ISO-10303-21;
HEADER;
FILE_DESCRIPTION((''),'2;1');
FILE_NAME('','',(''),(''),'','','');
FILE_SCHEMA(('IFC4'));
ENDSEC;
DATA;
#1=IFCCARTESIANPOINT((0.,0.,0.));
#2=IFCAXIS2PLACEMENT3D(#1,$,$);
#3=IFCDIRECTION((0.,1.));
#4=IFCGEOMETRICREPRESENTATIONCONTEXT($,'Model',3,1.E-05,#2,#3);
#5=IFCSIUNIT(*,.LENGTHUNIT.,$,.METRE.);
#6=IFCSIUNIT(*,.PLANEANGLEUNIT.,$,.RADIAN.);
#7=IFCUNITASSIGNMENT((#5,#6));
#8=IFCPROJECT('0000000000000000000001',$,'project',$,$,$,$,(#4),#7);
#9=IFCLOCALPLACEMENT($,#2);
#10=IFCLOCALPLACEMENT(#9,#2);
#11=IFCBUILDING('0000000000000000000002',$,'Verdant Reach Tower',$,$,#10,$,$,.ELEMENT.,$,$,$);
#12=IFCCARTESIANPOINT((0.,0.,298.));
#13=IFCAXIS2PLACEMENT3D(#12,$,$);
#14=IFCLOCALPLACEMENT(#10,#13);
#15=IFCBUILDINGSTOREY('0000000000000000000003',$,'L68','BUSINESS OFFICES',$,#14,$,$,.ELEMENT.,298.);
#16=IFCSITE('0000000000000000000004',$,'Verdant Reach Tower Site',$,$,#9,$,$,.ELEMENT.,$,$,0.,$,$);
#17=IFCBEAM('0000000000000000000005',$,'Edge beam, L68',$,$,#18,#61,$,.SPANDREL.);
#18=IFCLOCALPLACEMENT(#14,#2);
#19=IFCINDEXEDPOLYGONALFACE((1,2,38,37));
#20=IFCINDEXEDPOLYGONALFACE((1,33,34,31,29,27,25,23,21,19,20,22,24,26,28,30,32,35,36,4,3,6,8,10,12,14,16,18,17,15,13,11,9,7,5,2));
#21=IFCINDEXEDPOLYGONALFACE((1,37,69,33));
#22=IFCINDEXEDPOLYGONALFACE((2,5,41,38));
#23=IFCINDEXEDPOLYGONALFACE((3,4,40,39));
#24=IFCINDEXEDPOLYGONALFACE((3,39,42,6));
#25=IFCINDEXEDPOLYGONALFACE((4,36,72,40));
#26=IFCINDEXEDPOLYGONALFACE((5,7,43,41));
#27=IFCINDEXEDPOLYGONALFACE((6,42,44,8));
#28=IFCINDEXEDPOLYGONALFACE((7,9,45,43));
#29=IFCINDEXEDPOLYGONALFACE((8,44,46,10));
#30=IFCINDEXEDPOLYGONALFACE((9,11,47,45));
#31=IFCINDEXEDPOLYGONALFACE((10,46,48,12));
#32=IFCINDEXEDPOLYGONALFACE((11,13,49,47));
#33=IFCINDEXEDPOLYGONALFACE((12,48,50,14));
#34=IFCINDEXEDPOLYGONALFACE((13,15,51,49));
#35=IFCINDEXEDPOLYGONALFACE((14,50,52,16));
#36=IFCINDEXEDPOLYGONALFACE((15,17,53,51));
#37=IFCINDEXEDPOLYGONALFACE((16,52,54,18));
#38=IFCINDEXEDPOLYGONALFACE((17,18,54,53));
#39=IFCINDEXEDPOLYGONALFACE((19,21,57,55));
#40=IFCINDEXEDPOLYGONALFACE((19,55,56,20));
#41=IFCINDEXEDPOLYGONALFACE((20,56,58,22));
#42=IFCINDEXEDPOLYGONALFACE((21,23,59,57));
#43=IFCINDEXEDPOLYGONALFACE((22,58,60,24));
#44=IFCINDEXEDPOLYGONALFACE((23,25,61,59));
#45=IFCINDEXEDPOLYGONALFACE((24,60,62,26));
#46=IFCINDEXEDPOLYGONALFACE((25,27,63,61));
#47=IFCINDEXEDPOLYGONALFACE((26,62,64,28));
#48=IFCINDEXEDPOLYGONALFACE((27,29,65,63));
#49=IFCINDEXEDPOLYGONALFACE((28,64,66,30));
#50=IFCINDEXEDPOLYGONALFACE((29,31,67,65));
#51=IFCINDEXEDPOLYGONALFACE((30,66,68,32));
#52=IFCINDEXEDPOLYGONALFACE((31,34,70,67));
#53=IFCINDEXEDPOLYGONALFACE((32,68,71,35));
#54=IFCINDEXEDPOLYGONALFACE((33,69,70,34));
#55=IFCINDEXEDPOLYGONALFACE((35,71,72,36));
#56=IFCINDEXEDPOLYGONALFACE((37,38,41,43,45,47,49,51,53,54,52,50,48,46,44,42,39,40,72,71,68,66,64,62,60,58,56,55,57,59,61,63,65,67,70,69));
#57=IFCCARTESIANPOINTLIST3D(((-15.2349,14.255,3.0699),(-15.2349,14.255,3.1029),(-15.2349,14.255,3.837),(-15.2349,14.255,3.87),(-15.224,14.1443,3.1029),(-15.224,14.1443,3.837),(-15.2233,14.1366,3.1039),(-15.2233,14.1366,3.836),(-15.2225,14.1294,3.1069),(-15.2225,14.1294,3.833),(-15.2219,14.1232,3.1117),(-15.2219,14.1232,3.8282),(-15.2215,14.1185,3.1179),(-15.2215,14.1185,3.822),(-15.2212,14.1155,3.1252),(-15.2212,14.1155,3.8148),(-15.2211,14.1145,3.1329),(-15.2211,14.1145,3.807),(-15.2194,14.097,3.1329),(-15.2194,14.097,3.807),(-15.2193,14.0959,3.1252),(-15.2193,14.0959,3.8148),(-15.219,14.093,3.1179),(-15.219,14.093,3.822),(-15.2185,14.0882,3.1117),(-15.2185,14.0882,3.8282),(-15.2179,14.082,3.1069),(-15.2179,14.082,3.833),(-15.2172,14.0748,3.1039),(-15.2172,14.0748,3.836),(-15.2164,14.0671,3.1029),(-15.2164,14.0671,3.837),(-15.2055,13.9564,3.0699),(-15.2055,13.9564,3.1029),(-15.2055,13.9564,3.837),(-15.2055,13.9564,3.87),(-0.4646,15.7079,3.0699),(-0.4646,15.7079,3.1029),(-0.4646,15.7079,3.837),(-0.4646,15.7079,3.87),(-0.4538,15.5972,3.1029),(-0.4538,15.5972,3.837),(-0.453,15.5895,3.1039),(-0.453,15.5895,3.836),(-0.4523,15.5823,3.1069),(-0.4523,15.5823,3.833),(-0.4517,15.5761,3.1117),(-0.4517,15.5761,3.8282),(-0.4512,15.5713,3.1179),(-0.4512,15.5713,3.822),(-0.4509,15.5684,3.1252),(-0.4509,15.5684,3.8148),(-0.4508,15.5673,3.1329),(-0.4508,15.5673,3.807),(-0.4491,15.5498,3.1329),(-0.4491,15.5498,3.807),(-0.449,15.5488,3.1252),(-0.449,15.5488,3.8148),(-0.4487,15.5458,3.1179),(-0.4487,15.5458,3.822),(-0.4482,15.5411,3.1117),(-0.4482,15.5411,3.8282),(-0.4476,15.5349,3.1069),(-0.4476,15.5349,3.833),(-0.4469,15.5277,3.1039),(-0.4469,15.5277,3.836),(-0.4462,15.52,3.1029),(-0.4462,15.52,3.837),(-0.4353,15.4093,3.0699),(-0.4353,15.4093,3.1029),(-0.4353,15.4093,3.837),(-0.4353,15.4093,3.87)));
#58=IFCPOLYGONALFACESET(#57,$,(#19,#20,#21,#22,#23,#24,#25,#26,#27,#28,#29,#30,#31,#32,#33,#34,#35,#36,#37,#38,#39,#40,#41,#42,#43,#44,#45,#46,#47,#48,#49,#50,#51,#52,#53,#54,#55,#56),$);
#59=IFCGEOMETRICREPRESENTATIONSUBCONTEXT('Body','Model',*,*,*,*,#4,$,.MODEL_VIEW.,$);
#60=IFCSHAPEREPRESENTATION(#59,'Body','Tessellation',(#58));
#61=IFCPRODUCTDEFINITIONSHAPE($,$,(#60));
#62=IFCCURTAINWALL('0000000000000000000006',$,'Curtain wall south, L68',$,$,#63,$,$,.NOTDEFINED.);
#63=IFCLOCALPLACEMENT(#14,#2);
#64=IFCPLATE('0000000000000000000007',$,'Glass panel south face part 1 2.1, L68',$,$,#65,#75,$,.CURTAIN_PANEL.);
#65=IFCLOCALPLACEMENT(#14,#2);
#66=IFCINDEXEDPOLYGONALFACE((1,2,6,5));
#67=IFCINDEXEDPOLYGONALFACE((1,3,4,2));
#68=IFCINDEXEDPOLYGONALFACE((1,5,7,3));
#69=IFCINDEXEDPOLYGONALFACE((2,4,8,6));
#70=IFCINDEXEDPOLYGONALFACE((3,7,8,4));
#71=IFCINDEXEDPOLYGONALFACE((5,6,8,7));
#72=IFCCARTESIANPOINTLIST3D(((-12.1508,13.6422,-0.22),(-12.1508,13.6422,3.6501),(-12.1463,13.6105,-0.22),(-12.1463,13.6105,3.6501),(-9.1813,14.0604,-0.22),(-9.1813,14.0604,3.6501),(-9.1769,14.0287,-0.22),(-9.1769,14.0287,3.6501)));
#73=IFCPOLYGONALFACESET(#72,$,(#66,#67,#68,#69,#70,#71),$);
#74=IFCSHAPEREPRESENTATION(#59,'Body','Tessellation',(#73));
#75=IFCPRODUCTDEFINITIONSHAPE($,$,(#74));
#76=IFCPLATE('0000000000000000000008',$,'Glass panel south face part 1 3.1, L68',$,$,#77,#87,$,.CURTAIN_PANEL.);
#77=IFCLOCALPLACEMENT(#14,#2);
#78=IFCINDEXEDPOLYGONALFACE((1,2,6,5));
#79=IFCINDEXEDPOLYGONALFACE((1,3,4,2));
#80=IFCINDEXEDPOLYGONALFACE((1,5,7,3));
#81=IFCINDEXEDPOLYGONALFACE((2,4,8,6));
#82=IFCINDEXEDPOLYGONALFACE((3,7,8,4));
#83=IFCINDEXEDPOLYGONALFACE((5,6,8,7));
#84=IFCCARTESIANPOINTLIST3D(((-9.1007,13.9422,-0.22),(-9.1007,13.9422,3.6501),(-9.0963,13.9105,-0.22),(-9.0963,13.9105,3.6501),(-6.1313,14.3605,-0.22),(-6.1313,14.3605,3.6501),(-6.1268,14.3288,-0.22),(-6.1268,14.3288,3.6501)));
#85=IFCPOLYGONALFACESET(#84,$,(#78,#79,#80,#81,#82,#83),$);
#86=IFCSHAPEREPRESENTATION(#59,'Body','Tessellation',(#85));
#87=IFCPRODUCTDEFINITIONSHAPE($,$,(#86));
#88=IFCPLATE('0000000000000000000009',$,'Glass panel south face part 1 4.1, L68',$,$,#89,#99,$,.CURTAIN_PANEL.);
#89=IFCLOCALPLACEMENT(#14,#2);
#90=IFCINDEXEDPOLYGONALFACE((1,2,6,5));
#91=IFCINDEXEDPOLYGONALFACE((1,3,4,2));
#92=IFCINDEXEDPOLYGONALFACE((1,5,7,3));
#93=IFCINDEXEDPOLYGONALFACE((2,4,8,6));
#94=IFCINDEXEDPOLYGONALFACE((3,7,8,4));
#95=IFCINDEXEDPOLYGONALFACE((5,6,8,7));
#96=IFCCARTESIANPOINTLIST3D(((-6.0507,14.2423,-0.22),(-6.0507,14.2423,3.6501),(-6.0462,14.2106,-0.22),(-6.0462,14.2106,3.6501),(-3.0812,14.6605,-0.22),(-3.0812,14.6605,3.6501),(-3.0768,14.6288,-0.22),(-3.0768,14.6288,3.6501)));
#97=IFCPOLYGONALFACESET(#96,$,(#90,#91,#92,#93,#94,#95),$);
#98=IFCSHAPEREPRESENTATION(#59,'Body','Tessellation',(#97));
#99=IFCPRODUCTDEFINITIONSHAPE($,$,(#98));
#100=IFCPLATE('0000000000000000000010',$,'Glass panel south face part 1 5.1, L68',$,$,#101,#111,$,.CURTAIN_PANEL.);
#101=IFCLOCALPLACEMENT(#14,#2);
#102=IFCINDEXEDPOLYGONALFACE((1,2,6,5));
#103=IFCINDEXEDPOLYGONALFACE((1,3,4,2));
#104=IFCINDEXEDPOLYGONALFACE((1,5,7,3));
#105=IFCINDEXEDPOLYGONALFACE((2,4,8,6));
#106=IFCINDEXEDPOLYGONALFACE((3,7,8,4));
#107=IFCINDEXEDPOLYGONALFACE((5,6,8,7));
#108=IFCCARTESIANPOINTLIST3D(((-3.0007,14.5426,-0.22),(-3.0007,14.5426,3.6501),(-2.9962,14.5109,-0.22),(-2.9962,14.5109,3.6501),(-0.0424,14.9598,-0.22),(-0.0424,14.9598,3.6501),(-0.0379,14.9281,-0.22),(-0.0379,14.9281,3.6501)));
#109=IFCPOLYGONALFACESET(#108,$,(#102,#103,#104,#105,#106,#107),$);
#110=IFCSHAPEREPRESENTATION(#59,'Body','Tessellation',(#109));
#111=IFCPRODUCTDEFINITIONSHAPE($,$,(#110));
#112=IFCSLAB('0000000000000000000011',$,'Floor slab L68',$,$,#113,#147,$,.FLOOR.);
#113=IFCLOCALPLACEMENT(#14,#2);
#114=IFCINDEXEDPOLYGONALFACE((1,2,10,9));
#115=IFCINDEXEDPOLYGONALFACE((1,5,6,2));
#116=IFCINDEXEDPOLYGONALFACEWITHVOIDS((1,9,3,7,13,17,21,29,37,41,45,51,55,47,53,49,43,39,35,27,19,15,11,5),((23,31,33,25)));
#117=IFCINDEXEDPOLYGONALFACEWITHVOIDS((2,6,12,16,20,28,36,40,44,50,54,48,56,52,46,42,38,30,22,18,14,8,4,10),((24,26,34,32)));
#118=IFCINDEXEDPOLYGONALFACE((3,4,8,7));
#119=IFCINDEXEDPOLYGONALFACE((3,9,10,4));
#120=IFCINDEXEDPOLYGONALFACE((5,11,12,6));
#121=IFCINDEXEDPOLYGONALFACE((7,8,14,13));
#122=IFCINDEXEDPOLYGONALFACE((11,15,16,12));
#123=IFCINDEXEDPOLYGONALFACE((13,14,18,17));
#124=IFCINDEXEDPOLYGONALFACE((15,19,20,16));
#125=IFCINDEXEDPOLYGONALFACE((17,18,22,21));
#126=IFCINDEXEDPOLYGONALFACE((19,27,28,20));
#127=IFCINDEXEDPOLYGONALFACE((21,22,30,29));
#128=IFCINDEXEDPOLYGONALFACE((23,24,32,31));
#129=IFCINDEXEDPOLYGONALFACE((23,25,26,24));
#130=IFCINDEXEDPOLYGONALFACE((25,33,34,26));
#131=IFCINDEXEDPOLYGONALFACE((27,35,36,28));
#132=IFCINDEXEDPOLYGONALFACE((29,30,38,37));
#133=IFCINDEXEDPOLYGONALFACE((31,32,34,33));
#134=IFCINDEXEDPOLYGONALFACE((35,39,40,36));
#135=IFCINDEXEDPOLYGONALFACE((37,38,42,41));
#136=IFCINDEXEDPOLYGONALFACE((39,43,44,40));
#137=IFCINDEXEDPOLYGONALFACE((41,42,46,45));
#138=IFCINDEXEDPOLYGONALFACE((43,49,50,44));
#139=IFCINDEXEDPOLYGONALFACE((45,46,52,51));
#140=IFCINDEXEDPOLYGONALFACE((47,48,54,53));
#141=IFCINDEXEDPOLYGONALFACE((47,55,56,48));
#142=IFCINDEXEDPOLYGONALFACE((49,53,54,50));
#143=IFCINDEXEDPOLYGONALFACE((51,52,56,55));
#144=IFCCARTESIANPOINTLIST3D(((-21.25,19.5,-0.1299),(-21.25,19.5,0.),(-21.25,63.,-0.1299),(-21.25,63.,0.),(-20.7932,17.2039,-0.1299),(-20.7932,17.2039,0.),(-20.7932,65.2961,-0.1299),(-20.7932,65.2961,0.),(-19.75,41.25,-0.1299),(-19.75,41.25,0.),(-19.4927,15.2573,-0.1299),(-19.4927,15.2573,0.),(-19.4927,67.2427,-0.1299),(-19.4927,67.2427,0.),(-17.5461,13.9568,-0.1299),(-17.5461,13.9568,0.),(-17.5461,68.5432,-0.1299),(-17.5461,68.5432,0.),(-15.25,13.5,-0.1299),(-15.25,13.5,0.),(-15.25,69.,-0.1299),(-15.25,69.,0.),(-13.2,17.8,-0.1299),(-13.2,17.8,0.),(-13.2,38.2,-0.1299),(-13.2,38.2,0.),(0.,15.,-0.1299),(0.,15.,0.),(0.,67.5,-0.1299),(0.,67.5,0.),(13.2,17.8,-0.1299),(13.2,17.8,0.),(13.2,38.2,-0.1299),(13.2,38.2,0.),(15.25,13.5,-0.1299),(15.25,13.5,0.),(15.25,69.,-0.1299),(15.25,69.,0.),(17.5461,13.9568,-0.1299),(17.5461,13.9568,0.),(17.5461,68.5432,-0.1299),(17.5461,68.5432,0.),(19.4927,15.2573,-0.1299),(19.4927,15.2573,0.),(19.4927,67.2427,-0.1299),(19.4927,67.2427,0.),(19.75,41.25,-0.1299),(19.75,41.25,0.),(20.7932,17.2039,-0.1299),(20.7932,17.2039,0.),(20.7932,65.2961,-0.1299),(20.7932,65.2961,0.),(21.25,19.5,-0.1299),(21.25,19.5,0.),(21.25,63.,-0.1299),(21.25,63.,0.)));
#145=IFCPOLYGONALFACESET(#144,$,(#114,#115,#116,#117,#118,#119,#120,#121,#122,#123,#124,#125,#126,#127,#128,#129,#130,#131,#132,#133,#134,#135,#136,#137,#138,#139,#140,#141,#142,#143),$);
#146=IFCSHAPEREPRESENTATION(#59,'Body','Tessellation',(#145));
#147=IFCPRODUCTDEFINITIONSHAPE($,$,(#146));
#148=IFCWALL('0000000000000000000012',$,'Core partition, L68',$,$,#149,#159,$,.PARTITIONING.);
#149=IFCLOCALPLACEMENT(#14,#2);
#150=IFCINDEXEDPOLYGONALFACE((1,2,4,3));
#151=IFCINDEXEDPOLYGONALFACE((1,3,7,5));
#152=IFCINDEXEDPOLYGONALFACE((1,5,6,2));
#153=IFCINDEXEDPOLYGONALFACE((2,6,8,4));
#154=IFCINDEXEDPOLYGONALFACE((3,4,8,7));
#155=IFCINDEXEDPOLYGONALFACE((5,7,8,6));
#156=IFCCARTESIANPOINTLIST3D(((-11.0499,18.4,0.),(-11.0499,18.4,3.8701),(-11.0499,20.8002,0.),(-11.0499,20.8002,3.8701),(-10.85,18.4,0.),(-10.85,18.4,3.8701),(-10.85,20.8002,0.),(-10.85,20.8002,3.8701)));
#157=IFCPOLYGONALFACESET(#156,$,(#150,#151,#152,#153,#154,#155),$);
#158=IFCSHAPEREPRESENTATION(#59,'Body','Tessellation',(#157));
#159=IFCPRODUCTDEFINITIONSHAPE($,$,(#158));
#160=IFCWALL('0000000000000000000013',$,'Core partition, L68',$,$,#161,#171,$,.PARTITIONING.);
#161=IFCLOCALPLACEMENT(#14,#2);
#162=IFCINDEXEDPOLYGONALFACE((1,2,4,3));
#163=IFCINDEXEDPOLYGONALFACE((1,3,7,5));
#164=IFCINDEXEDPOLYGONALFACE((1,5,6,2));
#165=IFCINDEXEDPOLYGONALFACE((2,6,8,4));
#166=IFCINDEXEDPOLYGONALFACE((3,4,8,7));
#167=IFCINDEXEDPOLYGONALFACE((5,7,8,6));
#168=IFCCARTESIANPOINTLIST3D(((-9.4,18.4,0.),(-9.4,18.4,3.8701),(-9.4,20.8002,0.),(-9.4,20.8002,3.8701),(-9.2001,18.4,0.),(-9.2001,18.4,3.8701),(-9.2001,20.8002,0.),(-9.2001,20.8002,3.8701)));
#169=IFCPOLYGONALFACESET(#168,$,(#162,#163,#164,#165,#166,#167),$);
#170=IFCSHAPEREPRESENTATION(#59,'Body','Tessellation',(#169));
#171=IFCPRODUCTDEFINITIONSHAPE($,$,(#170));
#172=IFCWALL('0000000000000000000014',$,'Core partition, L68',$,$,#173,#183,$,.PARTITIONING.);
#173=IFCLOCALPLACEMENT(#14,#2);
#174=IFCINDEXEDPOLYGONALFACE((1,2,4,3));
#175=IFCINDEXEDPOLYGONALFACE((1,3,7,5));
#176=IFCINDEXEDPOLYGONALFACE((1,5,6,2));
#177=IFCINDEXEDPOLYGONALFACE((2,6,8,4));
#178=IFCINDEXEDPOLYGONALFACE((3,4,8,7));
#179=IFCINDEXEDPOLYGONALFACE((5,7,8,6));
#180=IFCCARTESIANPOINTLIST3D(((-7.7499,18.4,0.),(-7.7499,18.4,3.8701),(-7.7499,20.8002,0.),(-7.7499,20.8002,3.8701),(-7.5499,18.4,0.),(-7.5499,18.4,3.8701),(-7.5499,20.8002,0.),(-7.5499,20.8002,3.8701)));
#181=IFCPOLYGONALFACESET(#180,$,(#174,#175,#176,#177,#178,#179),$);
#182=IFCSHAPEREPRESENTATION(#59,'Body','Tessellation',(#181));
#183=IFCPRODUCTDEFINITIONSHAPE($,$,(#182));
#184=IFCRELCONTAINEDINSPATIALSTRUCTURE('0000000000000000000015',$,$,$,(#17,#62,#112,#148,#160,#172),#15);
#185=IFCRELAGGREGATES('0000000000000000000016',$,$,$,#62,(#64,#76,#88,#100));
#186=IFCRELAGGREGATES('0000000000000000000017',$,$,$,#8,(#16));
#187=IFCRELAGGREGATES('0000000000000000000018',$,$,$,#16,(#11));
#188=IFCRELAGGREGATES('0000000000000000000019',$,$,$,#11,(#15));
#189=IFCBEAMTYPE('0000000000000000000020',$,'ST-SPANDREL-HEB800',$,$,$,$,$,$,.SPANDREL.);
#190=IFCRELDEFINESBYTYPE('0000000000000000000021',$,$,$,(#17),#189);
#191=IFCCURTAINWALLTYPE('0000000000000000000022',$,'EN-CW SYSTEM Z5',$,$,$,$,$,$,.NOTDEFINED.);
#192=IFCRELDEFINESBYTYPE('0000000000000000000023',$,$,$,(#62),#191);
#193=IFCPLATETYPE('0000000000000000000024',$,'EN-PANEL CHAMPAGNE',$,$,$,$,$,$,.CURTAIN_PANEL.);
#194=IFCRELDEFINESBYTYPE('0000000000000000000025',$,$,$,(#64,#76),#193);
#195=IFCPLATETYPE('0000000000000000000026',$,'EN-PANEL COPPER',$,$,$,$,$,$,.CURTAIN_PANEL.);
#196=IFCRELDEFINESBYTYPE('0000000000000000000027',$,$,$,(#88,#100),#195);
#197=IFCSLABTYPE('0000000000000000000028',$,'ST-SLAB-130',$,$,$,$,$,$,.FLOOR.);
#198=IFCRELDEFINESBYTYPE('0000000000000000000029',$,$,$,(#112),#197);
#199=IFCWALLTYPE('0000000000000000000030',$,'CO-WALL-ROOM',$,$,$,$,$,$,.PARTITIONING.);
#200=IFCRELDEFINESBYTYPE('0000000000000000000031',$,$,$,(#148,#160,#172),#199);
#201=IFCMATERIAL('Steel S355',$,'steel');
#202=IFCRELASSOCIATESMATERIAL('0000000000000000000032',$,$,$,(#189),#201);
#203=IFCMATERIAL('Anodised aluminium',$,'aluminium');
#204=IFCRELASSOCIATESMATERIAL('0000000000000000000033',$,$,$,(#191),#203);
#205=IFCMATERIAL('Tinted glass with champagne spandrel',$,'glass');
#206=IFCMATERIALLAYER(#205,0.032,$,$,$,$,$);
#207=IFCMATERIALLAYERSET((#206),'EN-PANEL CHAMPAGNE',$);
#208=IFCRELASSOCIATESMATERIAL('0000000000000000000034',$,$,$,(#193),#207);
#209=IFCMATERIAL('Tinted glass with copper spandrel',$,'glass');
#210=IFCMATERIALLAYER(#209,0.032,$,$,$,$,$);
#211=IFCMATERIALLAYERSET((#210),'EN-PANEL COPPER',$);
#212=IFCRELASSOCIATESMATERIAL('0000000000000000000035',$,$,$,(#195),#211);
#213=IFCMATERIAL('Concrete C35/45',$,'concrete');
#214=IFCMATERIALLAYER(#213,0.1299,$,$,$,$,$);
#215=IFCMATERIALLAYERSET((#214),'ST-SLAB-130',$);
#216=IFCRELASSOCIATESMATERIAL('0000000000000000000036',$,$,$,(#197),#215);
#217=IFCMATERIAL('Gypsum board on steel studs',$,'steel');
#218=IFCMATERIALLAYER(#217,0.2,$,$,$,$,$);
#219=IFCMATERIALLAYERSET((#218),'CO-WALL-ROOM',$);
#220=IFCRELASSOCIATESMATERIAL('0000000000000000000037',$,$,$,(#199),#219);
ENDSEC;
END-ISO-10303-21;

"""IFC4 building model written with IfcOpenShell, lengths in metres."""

from ifc_helpers import new_model, si_unit, direction, frame, frame_2d, origin, origin_2d, place, context, subcontext, project, spatial, polyline, rectangle, i_section, outline, extrude, material, layer, layer_set, material_profile, profile_set, type_object, element, aggregate, save


model = new_model("IFC4")

# Units and contexts
model_context = context("Model", 3, precision=1e-05, world=origin(), true_north=direction((0.0, 1.0)))
body_context = subcontext(model_context, "Body", "Model", "MODEL_VIEW")
ifc_project = project(units=[si_unit("LENGTHUNIT", "METRE"), si_unit("PLANEANGLEUNIT", "RADIAN")], contexts=[model_context])

# Site, building, storey
site_placement = place(None, origin())
site = spatial("IfcSite", under=ifc_project, at=site_placement, Name="Verdant Reach Tower Site", CompositionType="ELEMENT", RefElevation=0.0)
building_placement = place(site_placement, origin())
building = spatial("IfcBuilding", under=site, at=building_placement, Name="Verdant Reach Tower", CompositionType="ELEMENT")
storey_placement = place(building_placement, frame((0.0, 0.0, 298.0)))
storey = spatial("IfcBuildingStorey", under=building, at=storey_placement, Name="L68", Description="BUSINESS OFFICES", CompositionType="ELEMENT", Elevation=298.0)

# Beam
ifc_material_1 = material(Name="Steel S355", Category="steel")
ifc_material_profile_1 = material_profile(ifc_material_1, i_section(OverallWidth=0.3, OverallDepth=0.8, WebThickness=0.0176, FlangeThickness=0.033, FilletRadius=0.03, at=origin_2d()), Name="HEB 800")
ifc_profile_set_1 = profile_set([ifc_material_profile_1], Name="Steel S355")
beam_type_1 = type_object("IfcBeamType", Name="ST-SPANDREL-HEB800", PredefinedType="SPANDREL", material=ifc_profile_set_1)
beam_1_placement = place(storey_placement, frame((-0.45, 15.5586, 3.47), z_axis=(-0.995197, -0.097893, 0.0), x_axis=(0.097893, -0.995197, 0.0)))
element("IfcBeam", 1, at=beam_1_placement, inside=storey, type_object=beam_type_1, Name="Edge beam, L68", PredefinedType="SPANDREL", context=body_context, shape_type="SweptSolid", body=[
    extrude(i_section(OverallWidth=0.3, OverallDepth=0.8, WebThickness=0.0176, FlangeThickness=0.033, FilletRadius=0.03, at=origin_2d()), origin(), (0.0, 0.0, 1.0), 14.8416),
])

# Curtain wall, plates
ifc_material_2 = material(Name="Anodised aluminium", Category="aluminium")
curtain_wall_type = type_object("IfcCurtainWallType", Name="EN-CW SYSTEM Z5", PredefinedType="NOTDEFINED", material=ifc_material_2)
curtain_wall_placement = place(storey_placement, origin())
curtain_wall = element("IfcCurtainWall", 2, at=curtain_wall_placement, inside=storey, type_object=curtain_wall_type, Name="Curtain wall south, L68", PredefinedType="NOTDEFINED")
ifc_material_3 = material(Name="Tinted glass with champagne spandrel", Category="glass")
ifc_layer_1 = layer(ifc_material_3, 0.032)
ifc_layer_set_1 = layer_set([ifc_layer_1], Name="EN-PANEL CHAMPAGNE")
plate_type_1 = type_object("IfcPlateType", Name="EN-PANEL CHAMPAGNE", PredefinedType="CURTAIN_PANEL", material=ifc_layer_set_1)
plate_1_placement = place(storey_placement, frame((-10.6638, 13.8354, -0.22), z_axis=(0.0, 0.0, 1.0), x_axis=(0.990225, 0.139477, 0.0)))
plate_1 = element("IfcPlate", 3, at=plate_1_placement, type_object=plate_type_1, Name="Glass panel south face part 1 2.1, L68", PredefinedType="CURTAIN_PANEL", context=body_context, shape_type="SweptSolid", body=[
    extrude(rectangle(XDim=2.9988, YDim=0.032, at=origin_2d()), origin(), (0.0, 0.0, 1.0), 3.8701),
])
plate_2_placement = place(storey_placement, frame((-7.6138, 14.1355, -0.22), z_axis=(0.0, 0.0, 1.0), x_axis=(0.990225, 0.139477, 0.0)))
plate_2 = element("IfcPlate", 4, at=plate_2_placement, type_object=plate_type_1, Name="Glass panel south face part 1 3.1, L68", PredefinedType="CURTAIN_PANEL", context=body_context, shape_type="SweptSolid", body=[
    extrude(rectangle(XDim=2.9988, YDim=0.032, at=origin_2d()), origin(), (0.0, 0.0, 1.0), 3.8701),
])
ifc_material_4 = material(Name="Tinted glass with copper spandrel", Category="glass")
ifc_layer_2 = layer(ifc_material_4, 0.032)
ifc_layer_set_2 = layer_set([ifc_layer_2], Name="EN-PANEL COPPER")
plate_type_2 = type_object("IfcPlateType", Name="EN-PANEL COPPER", PredefinedType="CURTAIN_PANEL", material=ifc_layer_set_2)
plate_3_placement = place(storey_placement, frame((-4.5637, 14.4355, -0.22), z_axis=(0.0, 0.0, 1.0), x_axis=(0.990225, 0.139477, 0.0)))
plate_3 = element("IfcPlate", 5, at=plate_3_placement, type_object=plate_type_2, Name="Glass panel south face part 1 4.1, L68", PredefinedType="CURTAIN_PANEL", context=body_context, shape_type="SweptSolid", body=[
    extrude(rectangle(XDim=2.9988, YDim=0.032, at=origin_2d()), origin(), (0.0, 0.0, 1.0), 3.8701),
])
plate_4_placement = place(storey_placement, frame((-1.5193, 14.7354, -0.22), z_axis=(0.0, 0.0, 1.0), x_axis=(0.9902, 0.139656, 0.0)))
plate_4 = element("IfcPlate", 6, at=plate_4_placement, type_object=plate_type_2, Name="Glass panel south face part 1 5.1, L68", PredefinedType="CURTAIN_PANEL", context=body_context, shape_type="SweptSolid", body=[
    extrude(rectangle(XDim=2.9875, YDim=0.032, at=origin_2d()), origin(), (0.0, 0.0, 1.0), 3.8701),
])
aggregate(curtain_wall, [plate_1, plate_2, plate_3, plate_4])

# Slab
ifc_material_5 = material(Name="Concrete C35/45", Category="concrete")
ifc_layer_3 = layer(ifc_material_5, 0.1299)
ifc_layer_set_3 = layer_set([ifc_layer_3], Name="ST-SLAB-130")
slab_type = type_object("IfcSlabType", Name="ST-SLAB-130", PredefinedType="FLOOR", material=ifc_layer_set_3)
slab_placement = place(storey_placement, frame((0.0, 0.0, -0.1299)))
element("IfcSlab", 7, at=slab_placement, inside=storey, type_object=slab_type, Name="Floor slab L68", PredefinedType="FLOOR", context=body_context, shape_type="SweptSolid", body=[
    extrude(outline(polyline([(0.0, 15.0), (-15.25, 13.5), (-17.5461, 13.9568), (-19.4927, 15.2573), (-20.7932, 17.2039), (-21.25, 19.5), (-19.75, 41.25), (-21.25, 63.0), (-20.7932, 65.2961), (-19.4927, 67.2427), (-17.5461, 68.5432), (-15.25, 69.0), (0.0, 67.5), (15.25, 69.0), (17.5461, 68.5432), (19.4927, 67.2427), (20.7932, 65.2961), (21.25, 63.0), (19.75, 41.25), (21.25, 19.5), (20.7932, 17.2039), (19.4927, 15.2573), (17.5461, 13.9568), (15.25, 13.5), (0.0, 15.0)]), holes=[polyline([(13.2, 38.2), (-13.2, 38.2), (-13.2, 17.8), (13.2, 17.8), (13.2, 38.2)])]), origin(), (0.0, 0.0, 1.0), 0.1299),
])

# Walls
ifc_material_6 = material(Name="Gypsum board on steel studs", Category="steel")
ifc_layer_4 = layer(ifc_material_6, 0.2)
ifc_layer_set_4 = layer_set([ifc_layer_4], Name="CO-WALL-ROOM")
wall_type_1 = type_object("IfcWallType", Name="CO-WALL-ROOM", PredefinedType="PARTITIONING", material=ifc_layer_set_4)
for number, where, z_axis, x_axis, name in (
    (8, (-10.95, 18.3999, 0.0), (0.0, 0.0, 1.0), (0.0, 1.0, 0.0), "Core partition, L68"),
    (9, (-9.3, 18.3999, 0.0), (0.0, 0.0, 1.0), (0.0, 1.0, 0.0), "Core partition, L68"),
    (10, (-7.6499, 18.3999, 0.0), (0.0, 0.0, 1.0), (0.0, 1.0, 0.0), "Core partition, L68"),
):
    element("IfcWall", number, at=place(storey_placement, frame(where, z_axis=z_axis, x_axis=x_axis)), inside=storey, type_object=wall_type_1, Name=name, PredefinedType="PARTITIONING", context=body_context, shape_type="SweptSolid", body=[
        extrude(rectangle(XDim=2.4001, YDim=0.2, at=frame_2d((1.2002, 0.0))), origin(), (0.0, 0.0, 1.0), 3.8701),
    ])

save(model, "model.ifc")
